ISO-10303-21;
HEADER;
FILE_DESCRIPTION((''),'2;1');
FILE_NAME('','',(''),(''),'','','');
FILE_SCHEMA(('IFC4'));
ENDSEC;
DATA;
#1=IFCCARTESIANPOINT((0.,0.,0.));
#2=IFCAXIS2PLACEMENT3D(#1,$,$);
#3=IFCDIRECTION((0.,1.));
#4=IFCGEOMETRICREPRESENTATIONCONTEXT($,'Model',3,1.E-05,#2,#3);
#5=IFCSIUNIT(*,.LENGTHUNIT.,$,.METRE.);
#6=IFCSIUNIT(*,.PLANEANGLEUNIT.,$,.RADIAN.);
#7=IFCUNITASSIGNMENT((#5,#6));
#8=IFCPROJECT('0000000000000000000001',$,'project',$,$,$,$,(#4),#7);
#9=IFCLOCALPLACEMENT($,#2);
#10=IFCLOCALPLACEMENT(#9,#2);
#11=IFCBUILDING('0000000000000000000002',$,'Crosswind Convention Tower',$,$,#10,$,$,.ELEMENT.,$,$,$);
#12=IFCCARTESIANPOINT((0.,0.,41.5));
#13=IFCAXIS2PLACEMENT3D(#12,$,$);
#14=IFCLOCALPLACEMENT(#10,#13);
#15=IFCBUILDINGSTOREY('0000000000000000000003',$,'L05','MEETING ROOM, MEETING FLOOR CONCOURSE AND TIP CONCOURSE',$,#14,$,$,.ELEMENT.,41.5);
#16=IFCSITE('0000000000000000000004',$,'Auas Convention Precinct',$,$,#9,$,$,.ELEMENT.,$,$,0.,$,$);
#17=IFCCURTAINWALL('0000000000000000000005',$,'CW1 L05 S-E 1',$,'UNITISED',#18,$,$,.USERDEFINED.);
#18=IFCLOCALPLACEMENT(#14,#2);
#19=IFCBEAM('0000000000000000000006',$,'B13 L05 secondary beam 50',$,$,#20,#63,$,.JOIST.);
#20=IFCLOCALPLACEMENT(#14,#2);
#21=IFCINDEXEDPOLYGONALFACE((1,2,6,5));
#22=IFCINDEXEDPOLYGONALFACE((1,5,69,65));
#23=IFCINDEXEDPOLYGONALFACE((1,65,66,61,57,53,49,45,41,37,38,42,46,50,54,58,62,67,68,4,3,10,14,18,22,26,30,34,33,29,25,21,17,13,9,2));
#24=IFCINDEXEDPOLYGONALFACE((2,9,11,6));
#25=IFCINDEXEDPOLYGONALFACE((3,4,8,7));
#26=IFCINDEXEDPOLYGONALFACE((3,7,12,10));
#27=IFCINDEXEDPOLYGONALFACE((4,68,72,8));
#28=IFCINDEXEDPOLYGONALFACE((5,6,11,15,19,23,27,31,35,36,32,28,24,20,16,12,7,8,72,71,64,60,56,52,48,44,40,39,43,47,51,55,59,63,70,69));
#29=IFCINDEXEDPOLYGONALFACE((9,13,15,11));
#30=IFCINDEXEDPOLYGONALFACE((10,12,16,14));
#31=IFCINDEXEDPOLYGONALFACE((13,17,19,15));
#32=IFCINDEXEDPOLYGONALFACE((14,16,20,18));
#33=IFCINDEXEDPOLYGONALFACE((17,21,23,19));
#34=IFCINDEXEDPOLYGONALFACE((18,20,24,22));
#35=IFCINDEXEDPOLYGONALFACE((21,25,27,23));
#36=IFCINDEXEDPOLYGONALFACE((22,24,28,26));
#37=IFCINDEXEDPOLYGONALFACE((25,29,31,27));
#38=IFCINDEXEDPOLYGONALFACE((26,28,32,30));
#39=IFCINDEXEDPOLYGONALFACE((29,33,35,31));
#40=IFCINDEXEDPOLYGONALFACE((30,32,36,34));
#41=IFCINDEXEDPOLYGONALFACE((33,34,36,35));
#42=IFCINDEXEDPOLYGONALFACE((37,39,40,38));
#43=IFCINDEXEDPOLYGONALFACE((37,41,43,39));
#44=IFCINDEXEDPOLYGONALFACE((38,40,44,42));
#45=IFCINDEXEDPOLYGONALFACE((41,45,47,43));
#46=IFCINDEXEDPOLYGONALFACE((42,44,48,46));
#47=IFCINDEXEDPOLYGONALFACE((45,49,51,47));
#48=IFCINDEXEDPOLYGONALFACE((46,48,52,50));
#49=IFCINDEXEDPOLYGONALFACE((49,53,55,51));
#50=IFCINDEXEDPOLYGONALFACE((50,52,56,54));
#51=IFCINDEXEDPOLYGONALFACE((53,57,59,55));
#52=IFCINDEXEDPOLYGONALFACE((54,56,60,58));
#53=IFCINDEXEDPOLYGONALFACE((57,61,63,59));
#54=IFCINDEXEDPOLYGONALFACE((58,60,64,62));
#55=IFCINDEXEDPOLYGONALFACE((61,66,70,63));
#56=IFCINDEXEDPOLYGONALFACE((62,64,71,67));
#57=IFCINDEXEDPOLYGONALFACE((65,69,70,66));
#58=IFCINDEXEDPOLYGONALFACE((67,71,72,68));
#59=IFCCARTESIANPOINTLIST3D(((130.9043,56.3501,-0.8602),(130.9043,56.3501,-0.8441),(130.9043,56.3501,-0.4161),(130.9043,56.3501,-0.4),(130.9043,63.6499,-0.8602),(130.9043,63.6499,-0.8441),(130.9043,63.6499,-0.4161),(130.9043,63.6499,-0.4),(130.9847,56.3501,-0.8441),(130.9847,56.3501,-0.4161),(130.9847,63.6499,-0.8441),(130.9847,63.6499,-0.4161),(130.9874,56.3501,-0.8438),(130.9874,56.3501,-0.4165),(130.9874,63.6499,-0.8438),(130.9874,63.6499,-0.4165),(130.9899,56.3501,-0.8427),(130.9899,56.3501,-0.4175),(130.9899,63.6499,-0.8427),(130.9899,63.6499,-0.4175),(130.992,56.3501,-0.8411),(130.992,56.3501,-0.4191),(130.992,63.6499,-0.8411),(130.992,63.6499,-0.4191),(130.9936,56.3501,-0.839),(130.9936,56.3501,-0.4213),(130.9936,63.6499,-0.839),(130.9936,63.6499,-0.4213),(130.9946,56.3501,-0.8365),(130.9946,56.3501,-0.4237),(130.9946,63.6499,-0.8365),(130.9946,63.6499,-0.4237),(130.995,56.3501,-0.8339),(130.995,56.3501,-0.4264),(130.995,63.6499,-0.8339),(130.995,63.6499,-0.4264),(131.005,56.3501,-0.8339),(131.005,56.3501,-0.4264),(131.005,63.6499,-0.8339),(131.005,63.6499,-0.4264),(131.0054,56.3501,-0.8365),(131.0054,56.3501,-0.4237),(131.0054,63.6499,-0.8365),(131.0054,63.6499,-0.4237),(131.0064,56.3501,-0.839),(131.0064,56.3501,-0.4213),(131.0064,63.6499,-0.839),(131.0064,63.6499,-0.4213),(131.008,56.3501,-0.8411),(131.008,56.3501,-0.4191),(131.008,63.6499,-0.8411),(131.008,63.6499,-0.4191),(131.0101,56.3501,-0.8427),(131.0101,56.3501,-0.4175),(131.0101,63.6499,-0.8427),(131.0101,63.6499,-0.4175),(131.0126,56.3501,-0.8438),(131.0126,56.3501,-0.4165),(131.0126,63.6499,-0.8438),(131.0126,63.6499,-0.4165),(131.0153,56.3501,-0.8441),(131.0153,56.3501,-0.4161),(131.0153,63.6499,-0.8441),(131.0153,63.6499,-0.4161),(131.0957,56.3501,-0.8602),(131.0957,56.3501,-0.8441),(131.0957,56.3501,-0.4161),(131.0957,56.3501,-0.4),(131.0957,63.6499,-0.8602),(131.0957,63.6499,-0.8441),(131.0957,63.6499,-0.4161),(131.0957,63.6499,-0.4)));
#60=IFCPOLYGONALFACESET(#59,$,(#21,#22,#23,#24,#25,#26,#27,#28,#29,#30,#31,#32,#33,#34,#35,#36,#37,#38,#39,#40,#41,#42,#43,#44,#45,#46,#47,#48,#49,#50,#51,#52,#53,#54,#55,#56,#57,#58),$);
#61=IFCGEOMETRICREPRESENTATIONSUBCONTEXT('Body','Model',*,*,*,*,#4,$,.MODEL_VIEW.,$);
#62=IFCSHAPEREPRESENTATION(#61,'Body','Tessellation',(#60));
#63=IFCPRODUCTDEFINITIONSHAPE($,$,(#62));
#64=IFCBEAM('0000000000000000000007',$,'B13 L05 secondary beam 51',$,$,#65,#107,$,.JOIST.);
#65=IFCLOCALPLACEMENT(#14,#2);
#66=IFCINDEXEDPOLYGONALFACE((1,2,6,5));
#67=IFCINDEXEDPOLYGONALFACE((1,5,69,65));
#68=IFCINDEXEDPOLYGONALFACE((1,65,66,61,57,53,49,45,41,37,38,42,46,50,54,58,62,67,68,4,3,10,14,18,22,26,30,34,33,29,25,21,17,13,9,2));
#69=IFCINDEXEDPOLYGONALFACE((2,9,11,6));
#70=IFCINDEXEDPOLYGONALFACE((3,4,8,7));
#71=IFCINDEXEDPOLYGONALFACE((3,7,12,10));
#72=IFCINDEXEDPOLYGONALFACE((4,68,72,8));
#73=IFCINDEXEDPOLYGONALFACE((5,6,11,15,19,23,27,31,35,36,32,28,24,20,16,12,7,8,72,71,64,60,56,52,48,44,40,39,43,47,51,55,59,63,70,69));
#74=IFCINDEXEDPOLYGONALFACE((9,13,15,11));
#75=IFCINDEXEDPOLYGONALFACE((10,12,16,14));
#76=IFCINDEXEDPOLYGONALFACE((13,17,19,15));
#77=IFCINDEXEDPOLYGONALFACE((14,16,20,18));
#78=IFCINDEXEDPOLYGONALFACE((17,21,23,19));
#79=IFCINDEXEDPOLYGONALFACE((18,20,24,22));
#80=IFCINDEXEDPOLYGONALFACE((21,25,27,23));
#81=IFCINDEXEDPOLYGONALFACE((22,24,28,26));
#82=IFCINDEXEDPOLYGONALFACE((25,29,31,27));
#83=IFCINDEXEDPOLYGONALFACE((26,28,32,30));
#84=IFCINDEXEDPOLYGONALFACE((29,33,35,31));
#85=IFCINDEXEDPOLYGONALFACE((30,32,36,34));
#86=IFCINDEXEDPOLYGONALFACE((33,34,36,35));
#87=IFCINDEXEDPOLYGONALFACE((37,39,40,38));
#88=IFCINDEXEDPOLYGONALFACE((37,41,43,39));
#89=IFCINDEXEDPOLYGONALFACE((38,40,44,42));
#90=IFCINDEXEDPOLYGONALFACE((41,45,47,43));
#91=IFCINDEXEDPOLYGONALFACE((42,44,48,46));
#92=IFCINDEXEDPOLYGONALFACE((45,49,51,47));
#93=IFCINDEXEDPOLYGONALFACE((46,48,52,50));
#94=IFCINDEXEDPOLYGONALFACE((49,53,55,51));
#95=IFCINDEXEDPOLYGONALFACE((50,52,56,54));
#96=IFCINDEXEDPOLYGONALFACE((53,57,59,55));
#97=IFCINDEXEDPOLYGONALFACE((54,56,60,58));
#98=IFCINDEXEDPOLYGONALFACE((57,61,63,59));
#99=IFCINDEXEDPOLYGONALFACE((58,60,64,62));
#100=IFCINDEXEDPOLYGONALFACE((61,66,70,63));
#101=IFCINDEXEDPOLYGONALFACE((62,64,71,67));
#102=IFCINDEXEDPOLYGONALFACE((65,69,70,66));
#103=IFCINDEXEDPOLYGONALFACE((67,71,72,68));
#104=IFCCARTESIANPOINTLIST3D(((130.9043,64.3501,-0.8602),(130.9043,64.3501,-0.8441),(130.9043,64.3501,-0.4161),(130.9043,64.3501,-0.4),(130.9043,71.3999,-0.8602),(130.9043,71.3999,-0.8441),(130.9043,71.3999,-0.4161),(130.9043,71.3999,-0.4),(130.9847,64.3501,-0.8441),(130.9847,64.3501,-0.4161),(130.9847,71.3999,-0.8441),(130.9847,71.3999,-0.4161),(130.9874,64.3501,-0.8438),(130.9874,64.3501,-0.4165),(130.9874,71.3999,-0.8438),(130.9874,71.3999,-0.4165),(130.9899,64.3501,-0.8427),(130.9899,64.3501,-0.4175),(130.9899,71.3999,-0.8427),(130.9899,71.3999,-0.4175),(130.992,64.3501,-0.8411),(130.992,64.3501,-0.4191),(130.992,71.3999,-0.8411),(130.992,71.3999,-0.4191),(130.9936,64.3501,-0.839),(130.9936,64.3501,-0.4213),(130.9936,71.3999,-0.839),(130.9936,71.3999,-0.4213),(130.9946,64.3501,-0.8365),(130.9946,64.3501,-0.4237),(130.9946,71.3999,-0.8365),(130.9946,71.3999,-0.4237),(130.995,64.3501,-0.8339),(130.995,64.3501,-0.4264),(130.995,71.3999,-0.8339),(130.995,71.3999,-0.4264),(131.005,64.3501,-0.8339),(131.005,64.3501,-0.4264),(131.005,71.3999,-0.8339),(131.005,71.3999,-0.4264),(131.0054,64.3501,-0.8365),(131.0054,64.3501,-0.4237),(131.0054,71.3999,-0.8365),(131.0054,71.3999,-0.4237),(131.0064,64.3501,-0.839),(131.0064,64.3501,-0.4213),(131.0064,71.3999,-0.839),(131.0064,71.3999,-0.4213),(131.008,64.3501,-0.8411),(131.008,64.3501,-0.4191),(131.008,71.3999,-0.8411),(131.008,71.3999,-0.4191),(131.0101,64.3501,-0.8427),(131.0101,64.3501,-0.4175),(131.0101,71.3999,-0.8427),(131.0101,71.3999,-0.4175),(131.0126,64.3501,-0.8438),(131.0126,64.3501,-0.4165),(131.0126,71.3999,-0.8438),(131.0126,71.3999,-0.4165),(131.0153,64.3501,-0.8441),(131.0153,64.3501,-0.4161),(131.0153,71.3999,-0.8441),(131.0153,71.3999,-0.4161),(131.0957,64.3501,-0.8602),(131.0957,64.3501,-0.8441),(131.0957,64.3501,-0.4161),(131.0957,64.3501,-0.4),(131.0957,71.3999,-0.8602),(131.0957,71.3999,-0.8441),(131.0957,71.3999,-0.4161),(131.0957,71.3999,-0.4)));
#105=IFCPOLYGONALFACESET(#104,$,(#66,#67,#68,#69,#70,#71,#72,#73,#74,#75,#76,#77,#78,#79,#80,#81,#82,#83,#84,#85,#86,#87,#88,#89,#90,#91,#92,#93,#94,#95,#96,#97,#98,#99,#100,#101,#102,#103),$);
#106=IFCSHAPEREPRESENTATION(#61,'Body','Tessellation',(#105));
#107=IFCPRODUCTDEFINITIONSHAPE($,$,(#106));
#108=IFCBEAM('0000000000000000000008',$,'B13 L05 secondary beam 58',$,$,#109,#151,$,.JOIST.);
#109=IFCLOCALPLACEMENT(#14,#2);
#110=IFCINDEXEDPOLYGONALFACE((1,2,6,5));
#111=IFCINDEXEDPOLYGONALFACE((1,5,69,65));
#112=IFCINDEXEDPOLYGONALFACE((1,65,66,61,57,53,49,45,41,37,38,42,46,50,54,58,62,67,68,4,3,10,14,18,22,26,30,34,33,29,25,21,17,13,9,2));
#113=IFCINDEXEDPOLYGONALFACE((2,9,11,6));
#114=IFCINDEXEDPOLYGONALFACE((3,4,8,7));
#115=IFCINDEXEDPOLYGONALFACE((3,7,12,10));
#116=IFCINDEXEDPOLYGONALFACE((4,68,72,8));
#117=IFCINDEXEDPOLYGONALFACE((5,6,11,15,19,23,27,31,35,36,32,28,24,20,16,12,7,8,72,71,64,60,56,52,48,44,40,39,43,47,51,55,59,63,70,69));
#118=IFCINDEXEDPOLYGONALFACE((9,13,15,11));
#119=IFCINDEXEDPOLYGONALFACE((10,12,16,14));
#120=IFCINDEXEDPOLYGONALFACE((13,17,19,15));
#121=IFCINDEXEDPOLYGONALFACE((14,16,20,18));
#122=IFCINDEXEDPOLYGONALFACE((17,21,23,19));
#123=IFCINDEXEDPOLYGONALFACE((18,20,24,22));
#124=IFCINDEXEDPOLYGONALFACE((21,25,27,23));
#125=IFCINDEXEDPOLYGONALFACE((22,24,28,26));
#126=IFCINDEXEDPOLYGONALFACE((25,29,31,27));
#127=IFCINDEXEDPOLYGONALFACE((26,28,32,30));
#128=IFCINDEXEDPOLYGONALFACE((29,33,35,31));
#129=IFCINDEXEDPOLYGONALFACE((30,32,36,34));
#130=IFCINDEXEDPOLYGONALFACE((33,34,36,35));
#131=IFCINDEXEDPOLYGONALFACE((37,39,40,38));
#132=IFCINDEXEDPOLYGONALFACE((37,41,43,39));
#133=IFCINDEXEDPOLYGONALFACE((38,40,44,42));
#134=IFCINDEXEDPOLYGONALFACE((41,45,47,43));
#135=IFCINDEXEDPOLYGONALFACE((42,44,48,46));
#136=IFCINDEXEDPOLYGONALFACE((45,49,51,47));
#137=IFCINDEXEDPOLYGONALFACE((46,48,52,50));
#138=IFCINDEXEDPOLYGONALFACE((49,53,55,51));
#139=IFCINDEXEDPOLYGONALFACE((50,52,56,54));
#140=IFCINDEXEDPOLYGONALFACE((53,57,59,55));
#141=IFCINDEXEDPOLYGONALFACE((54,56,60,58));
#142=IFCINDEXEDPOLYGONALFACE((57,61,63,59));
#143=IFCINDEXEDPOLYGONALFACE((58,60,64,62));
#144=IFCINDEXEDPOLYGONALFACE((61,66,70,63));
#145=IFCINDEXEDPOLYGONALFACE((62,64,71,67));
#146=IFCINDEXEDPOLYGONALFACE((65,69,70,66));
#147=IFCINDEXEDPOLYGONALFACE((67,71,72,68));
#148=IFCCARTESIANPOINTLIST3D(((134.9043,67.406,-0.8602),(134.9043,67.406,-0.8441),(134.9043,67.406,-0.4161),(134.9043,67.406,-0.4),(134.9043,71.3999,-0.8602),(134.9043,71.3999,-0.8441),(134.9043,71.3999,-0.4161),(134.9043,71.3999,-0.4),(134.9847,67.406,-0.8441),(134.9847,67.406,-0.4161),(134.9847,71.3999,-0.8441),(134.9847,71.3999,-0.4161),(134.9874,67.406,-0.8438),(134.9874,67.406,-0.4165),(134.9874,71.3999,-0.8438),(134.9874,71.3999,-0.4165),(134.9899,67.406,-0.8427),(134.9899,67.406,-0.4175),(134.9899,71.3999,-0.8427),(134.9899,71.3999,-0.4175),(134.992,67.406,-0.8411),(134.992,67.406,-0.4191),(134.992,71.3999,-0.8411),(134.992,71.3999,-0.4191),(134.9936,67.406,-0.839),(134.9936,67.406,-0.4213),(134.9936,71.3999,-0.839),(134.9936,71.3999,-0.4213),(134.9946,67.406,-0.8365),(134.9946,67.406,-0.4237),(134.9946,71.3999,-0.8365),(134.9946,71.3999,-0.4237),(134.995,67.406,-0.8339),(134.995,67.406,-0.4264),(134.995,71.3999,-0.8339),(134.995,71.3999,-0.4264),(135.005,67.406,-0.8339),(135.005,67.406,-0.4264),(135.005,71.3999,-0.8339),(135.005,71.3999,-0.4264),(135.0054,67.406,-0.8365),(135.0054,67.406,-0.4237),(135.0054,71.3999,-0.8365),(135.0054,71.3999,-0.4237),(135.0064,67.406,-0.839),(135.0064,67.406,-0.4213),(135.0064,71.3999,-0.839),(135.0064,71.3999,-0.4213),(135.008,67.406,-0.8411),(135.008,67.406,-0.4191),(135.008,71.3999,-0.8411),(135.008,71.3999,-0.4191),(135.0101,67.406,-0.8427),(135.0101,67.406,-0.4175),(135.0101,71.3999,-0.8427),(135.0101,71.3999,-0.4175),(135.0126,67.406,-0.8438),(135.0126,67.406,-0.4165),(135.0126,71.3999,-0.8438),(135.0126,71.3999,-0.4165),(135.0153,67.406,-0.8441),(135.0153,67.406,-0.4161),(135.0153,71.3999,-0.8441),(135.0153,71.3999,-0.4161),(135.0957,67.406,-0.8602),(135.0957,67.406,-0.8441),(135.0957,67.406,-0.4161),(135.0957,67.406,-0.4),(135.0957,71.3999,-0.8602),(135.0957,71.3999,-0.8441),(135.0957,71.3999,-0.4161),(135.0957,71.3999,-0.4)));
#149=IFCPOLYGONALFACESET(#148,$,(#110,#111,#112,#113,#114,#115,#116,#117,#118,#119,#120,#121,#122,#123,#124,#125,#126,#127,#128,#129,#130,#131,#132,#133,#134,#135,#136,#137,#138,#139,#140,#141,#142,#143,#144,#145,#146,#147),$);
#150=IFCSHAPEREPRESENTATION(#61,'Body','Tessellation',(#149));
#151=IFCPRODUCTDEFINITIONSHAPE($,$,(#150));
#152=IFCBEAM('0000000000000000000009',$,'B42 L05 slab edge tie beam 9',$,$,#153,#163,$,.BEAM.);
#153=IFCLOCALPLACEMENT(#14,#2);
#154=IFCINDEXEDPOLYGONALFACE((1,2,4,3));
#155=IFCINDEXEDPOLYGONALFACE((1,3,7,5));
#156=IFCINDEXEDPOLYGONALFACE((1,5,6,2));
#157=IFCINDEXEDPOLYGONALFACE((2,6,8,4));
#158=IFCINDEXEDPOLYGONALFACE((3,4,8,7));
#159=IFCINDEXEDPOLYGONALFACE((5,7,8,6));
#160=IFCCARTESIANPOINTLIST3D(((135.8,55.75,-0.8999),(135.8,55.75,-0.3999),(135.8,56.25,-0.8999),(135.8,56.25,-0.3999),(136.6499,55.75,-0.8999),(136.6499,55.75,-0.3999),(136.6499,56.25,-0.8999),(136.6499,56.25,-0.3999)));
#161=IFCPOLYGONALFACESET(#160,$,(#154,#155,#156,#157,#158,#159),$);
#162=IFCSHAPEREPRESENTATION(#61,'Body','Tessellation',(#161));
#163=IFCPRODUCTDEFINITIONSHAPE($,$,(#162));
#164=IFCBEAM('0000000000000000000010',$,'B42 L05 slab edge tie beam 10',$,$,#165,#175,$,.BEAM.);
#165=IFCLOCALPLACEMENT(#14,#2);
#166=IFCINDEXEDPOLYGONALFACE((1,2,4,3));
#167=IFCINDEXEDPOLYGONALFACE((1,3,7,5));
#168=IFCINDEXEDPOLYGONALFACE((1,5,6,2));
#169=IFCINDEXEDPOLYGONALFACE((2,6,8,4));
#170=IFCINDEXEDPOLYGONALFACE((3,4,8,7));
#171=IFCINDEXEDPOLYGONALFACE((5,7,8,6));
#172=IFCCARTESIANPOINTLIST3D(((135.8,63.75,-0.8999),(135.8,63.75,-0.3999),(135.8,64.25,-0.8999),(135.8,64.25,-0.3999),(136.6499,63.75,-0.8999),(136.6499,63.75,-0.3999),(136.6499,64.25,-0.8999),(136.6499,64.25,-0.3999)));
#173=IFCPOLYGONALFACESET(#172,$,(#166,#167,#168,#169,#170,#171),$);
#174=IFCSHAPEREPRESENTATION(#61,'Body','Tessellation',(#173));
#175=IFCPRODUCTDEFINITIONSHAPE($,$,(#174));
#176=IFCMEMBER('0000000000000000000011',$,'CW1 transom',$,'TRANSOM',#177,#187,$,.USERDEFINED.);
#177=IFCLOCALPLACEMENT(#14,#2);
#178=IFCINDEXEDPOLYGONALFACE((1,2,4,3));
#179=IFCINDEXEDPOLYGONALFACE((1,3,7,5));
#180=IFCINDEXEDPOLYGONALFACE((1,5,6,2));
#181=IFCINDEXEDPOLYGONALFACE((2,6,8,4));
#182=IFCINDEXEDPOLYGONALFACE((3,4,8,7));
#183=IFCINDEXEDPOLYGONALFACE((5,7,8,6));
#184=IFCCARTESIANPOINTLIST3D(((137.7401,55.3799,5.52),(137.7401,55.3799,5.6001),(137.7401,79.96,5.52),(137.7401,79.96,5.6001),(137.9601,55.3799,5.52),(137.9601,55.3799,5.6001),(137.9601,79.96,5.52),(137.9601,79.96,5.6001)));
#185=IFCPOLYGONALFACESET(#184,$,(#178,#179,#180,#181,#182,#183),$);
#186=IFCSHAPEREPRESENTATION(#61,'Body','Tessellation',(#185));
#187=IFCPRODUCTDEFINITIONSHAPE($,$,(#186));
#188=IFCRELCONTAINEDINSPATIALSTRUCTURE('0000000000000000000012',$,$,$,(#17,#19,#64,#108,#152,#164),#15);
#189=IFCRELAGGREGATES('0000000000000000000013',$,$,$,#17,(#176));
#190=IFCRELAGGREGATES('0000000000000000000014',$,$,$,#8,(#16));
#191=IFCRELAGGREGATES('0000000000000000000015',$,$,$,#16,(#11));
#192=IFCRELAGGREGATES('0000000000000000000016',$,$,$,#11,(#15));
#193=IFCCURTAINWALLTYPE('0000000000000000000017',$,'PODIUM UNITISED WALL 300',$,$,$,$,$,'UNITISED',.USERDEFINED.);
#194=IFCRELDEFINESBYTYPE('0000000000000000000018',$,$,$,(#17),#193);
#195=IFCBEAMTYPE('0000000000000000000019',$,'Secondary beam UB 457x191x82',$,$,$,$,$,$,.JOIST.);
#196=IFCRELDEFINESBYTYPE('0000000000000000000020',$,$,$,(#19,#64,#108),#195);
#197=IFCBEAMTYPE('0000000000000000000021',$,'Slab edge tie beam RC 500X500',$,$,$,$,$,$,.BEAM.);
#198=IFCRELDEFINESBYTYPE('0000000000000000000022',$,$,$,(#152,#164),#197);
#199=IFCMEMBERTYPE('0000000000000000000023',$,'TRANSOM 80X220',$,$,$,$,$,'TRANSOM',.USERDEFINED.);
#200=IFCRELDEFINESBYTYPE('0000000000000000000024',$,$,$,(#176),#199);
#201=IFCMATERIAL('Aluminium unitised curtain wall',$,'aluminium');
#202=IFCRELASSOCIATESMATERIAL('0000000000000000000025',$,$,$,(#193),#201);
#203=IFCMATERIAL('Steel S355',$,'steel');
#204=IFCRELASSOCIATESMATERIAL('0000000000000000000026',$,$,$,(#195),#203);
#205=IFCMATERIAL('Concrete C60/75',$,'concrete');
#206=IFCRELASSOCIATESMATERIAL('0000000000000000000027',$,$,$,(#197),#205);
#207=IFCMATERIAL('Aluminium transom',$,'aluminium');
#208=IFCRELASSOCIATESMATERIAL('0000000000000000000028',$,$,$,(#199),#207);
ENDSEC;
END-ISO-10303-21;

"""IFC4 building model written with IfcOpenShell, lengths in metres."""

from ifc_helpers import new_model, si_unit, direction, frame, origin, origin_2d, place, context, subcontext, project, spatial, rectangle, i_section, extrude, material, material_profile, profile_set, type_object, element, aggregate, save


model = new_model("IFC4")

# Units and contexts
model_context = context("Model", 3, precision=1e-05, world=origin(), true_north=direction((0.0, 1.0)))
body_context = subcontext(model_context, "Body", "Model", "MODEL_VIEW")
ifc_project = project(units=[si_unit("LENGTHUNIT", "METRE"), si_unit("PLANEANGLEUNIT", "RADIAN")], contexts=[model_context])

# Site, building, storey
site_placement = place(None, origin())
site = spatial("IfcSite", under=ifc_project, at=site_placement, Name="Auas Convention Precinct", CompositionType="ELEMENT", RefElevation=0.0)
building_placement = place(site_placement, origin())
building = spatial("IfcBuilding", under=site, at=building_placement, Name="Crosswind Convention Tower", CompositionType="ELEMENT")
storey_placement = place(building_placement, frame((0.0, 0.0, 41.5)))
storey = spatial("IfcBuildingStorey", under=building, at=storey_placement, Name="L05", Description="MEETING ROOM, MEETING FLOOR CONCOURSE AND TIP CONCOURSE", CompositionType="ELEMENT", Elevation=41.5)

# Shared definitions
ifc_material_1 = material(Name="Concrete C60/75", Category="concrete")

# Shared definitions
ifc_material_2 = material(Name="Steel S355", Category="steel")

# Shared definitions
ifc_material_3 = material(Name="Aluminium unitised curtain wall", Category="aluminium")
curtain_wall_type = type_object("IfcCurtainWallType", Name="PODIUM UNITISED WALL 300", ElementType="UNITISED", PredefinedType="USERDEFINED", material=ifc_material_3)

# Curtain wall
curtain_wall_1_placement = place(storey_placement, origin())
curtain_wall_1 = element("IfcCurtainWall", 1, at=curtain_wall_1_placement, inside=storey, type_object=curtain_wall_type, Name="CW1 L05 S-E 1", ObjectType="UNITISED", PredefinedType="USERDEFINED")

# Beams
ifc_material_profile_1 = material_profile(ifc_material_2, i_section(OverallWidth=0.1914, OverallDepth=0.4602, WebThickness=0.01, FlangeThickness=0.0161, FilletRadius=0.0103, at=origin_2d()), Name="UB 457x191x82")
ifc_profile_set_1 = profile_set([ifc_material_profile_1], Name="Steel S355")
beam_type_1 = type_object("IfcBeamType", Name="Secondary beam UB 457x191x82", PredefinedType="JOIST", material=ifc_profile_set_1)
beam_1_placement = place(storey_placement, frame((131.0, 56.3501, -0.6301), z_axis=(0.0, 1.0, 0.0), x_axis=(-1.0, 0.0, 0.0)))
element("IfcBeam", 2, at=beam_1_placement, inside=storey, type_object=beam_type_1, Name="B13 L05 secondary beam 50", PredefinedType="JOIST", context=body_context, shape_type="SweptSolid", body=[
    extrude(i_section(OverallWidth=0.1914, OverallDepth=0.4602, WebThickness=0.01, FlangeThickness=0.0161, FilletRadius=0.0103, at=origin_2d()), origin(), (0.0, 0.0, 1.0), 7.2998),
])
beam_2_placement = place(storey_placement, frame((131.0, 64.3501, -0.6301), z_axis=(0.0, 1.0, 0.0), x_axis=(-1.0, 0.0, 0.0)))
element("IfcBeam", 3, at=beam_2_placement, inside=storey, type_object=beam_type_1, Name="B13 L05 secondary beam 51", PredefinedType="JOIST", context=body_context, shape_type="SweptSolid", body=[
    extrude(i_section(OverallWidth=0.1914, OverallDepth=0.4602, WebThickness=0.01, FlangeThickness=0.0161, FilletRadius=0.0103, at=origin_2d()), origin(), (0.0, 0.0, 1.0), 7.0498),
])
beam_3_placement = place(storey_placement, frame((135.0, 67.406, -0.6301), z_axis=(0.0, 1.0, 0.0), x_axis=(-1.0, 0.0, 0.0)))
element("IfcBeam", 4, at=beam_3_placement, inside=storey, type_object=beam_type_1, Name="B13 L05 secondary beam 58", PredefinedType="JOIST", context=body_context, shape_type="SweptSolid", body=[
    extrude(i_section(OverallWidth=0.1914, OverallDepth=0.4602, WebThickness=0.01, FlangeThickness=0.0161, FilletRadius=0.0103, at=origin_2d()), origin(), (0.0, 0.0, 1.0), 3.9939),
])
ifc_material_profile_2 = material_profile(ifc_material_1, rectangle(XDim=0.5, YDim=0.5, at=origin_2d()), Name="RC 500X500")
ifc_profile_set_2 = profile_set([ifc_material_profile_2], Name="Concrete C60/75")
beam_type_2 = type_object("IfcBeamType", Name="Slab edge tie beam RC 500X500", PredefinedType="BEAM", material=ifc_profile_set_2)
for number, where, z_axis, x_axis, name in (
    (5, (135.8, 56.0, -0.6499), (1.0, 0.0, 0.0), (0.0, 1.0, 0.0), "B42 L05 slab edge tie beam 9"),
    (6, (135.8, 64.0, -0.6499), (1.0, 0.0, 0.0), (0.0, 1.0, 0.0), "B42 L05 slab edge tie beam 10"),
):
    element("IfcBeam", number, at=place(storey_placement, frame(where, z_axis=z_axis, x_axis=x_axis)), inside=storey, type_object=beam_type_2, Name=name, PredefinedType="BEAM", context=body_context, shape_type="SweptSolid", body=[
        extrude(rectangle(XDim=0.5, YDim=0.5, at=origin_2d()), origin(), (0.0, 0.0, 1.0), 0.8499),
    ])

# Member
ifc_material_4 = material(Name="Aluminium transom", Category="aluminium")
ifc_material_profile_3 = material_profile(ifc_material_4, rectangle(XDim=0.22, YDim=0.0801, at=origin_2d()), Name="AL 220X80")
ifc_profile_set_3 = profile_set([ifc_material_profile_3], Name="Aluminium transom")
member_type_1 = type_object("IfcMemberType", Name="TRANSOM 80X220", ElementType="TRANSOM", PredefinedType="USERDEFINED", material=ifc_profile_set_3)
member_1_placement = place(storey_placement, frame((137.8501, 55.3799, 5.5601), z_axis=(0.0, 1.0, 0.0), x_axis=(-1.0, 0.0, 0.0)))
member_1 = element("IfcMember", 7, at=member_1_placement, type_object=member_type_1, Name="CW1 transom", ObjectType="TRANSOM", PredefinedType="USERDEFINED", context=body_context, shape_type="SweptSolid", body=[
    extrude(rectangle(XDim=0.22, YDim=0.0801, at=origin_2d()), origin(), (0.0, 0.0, 1.0), 24.5801),
])
aggregate(curtain_wall_1, [member_1])

save(model, "model.ifc")
